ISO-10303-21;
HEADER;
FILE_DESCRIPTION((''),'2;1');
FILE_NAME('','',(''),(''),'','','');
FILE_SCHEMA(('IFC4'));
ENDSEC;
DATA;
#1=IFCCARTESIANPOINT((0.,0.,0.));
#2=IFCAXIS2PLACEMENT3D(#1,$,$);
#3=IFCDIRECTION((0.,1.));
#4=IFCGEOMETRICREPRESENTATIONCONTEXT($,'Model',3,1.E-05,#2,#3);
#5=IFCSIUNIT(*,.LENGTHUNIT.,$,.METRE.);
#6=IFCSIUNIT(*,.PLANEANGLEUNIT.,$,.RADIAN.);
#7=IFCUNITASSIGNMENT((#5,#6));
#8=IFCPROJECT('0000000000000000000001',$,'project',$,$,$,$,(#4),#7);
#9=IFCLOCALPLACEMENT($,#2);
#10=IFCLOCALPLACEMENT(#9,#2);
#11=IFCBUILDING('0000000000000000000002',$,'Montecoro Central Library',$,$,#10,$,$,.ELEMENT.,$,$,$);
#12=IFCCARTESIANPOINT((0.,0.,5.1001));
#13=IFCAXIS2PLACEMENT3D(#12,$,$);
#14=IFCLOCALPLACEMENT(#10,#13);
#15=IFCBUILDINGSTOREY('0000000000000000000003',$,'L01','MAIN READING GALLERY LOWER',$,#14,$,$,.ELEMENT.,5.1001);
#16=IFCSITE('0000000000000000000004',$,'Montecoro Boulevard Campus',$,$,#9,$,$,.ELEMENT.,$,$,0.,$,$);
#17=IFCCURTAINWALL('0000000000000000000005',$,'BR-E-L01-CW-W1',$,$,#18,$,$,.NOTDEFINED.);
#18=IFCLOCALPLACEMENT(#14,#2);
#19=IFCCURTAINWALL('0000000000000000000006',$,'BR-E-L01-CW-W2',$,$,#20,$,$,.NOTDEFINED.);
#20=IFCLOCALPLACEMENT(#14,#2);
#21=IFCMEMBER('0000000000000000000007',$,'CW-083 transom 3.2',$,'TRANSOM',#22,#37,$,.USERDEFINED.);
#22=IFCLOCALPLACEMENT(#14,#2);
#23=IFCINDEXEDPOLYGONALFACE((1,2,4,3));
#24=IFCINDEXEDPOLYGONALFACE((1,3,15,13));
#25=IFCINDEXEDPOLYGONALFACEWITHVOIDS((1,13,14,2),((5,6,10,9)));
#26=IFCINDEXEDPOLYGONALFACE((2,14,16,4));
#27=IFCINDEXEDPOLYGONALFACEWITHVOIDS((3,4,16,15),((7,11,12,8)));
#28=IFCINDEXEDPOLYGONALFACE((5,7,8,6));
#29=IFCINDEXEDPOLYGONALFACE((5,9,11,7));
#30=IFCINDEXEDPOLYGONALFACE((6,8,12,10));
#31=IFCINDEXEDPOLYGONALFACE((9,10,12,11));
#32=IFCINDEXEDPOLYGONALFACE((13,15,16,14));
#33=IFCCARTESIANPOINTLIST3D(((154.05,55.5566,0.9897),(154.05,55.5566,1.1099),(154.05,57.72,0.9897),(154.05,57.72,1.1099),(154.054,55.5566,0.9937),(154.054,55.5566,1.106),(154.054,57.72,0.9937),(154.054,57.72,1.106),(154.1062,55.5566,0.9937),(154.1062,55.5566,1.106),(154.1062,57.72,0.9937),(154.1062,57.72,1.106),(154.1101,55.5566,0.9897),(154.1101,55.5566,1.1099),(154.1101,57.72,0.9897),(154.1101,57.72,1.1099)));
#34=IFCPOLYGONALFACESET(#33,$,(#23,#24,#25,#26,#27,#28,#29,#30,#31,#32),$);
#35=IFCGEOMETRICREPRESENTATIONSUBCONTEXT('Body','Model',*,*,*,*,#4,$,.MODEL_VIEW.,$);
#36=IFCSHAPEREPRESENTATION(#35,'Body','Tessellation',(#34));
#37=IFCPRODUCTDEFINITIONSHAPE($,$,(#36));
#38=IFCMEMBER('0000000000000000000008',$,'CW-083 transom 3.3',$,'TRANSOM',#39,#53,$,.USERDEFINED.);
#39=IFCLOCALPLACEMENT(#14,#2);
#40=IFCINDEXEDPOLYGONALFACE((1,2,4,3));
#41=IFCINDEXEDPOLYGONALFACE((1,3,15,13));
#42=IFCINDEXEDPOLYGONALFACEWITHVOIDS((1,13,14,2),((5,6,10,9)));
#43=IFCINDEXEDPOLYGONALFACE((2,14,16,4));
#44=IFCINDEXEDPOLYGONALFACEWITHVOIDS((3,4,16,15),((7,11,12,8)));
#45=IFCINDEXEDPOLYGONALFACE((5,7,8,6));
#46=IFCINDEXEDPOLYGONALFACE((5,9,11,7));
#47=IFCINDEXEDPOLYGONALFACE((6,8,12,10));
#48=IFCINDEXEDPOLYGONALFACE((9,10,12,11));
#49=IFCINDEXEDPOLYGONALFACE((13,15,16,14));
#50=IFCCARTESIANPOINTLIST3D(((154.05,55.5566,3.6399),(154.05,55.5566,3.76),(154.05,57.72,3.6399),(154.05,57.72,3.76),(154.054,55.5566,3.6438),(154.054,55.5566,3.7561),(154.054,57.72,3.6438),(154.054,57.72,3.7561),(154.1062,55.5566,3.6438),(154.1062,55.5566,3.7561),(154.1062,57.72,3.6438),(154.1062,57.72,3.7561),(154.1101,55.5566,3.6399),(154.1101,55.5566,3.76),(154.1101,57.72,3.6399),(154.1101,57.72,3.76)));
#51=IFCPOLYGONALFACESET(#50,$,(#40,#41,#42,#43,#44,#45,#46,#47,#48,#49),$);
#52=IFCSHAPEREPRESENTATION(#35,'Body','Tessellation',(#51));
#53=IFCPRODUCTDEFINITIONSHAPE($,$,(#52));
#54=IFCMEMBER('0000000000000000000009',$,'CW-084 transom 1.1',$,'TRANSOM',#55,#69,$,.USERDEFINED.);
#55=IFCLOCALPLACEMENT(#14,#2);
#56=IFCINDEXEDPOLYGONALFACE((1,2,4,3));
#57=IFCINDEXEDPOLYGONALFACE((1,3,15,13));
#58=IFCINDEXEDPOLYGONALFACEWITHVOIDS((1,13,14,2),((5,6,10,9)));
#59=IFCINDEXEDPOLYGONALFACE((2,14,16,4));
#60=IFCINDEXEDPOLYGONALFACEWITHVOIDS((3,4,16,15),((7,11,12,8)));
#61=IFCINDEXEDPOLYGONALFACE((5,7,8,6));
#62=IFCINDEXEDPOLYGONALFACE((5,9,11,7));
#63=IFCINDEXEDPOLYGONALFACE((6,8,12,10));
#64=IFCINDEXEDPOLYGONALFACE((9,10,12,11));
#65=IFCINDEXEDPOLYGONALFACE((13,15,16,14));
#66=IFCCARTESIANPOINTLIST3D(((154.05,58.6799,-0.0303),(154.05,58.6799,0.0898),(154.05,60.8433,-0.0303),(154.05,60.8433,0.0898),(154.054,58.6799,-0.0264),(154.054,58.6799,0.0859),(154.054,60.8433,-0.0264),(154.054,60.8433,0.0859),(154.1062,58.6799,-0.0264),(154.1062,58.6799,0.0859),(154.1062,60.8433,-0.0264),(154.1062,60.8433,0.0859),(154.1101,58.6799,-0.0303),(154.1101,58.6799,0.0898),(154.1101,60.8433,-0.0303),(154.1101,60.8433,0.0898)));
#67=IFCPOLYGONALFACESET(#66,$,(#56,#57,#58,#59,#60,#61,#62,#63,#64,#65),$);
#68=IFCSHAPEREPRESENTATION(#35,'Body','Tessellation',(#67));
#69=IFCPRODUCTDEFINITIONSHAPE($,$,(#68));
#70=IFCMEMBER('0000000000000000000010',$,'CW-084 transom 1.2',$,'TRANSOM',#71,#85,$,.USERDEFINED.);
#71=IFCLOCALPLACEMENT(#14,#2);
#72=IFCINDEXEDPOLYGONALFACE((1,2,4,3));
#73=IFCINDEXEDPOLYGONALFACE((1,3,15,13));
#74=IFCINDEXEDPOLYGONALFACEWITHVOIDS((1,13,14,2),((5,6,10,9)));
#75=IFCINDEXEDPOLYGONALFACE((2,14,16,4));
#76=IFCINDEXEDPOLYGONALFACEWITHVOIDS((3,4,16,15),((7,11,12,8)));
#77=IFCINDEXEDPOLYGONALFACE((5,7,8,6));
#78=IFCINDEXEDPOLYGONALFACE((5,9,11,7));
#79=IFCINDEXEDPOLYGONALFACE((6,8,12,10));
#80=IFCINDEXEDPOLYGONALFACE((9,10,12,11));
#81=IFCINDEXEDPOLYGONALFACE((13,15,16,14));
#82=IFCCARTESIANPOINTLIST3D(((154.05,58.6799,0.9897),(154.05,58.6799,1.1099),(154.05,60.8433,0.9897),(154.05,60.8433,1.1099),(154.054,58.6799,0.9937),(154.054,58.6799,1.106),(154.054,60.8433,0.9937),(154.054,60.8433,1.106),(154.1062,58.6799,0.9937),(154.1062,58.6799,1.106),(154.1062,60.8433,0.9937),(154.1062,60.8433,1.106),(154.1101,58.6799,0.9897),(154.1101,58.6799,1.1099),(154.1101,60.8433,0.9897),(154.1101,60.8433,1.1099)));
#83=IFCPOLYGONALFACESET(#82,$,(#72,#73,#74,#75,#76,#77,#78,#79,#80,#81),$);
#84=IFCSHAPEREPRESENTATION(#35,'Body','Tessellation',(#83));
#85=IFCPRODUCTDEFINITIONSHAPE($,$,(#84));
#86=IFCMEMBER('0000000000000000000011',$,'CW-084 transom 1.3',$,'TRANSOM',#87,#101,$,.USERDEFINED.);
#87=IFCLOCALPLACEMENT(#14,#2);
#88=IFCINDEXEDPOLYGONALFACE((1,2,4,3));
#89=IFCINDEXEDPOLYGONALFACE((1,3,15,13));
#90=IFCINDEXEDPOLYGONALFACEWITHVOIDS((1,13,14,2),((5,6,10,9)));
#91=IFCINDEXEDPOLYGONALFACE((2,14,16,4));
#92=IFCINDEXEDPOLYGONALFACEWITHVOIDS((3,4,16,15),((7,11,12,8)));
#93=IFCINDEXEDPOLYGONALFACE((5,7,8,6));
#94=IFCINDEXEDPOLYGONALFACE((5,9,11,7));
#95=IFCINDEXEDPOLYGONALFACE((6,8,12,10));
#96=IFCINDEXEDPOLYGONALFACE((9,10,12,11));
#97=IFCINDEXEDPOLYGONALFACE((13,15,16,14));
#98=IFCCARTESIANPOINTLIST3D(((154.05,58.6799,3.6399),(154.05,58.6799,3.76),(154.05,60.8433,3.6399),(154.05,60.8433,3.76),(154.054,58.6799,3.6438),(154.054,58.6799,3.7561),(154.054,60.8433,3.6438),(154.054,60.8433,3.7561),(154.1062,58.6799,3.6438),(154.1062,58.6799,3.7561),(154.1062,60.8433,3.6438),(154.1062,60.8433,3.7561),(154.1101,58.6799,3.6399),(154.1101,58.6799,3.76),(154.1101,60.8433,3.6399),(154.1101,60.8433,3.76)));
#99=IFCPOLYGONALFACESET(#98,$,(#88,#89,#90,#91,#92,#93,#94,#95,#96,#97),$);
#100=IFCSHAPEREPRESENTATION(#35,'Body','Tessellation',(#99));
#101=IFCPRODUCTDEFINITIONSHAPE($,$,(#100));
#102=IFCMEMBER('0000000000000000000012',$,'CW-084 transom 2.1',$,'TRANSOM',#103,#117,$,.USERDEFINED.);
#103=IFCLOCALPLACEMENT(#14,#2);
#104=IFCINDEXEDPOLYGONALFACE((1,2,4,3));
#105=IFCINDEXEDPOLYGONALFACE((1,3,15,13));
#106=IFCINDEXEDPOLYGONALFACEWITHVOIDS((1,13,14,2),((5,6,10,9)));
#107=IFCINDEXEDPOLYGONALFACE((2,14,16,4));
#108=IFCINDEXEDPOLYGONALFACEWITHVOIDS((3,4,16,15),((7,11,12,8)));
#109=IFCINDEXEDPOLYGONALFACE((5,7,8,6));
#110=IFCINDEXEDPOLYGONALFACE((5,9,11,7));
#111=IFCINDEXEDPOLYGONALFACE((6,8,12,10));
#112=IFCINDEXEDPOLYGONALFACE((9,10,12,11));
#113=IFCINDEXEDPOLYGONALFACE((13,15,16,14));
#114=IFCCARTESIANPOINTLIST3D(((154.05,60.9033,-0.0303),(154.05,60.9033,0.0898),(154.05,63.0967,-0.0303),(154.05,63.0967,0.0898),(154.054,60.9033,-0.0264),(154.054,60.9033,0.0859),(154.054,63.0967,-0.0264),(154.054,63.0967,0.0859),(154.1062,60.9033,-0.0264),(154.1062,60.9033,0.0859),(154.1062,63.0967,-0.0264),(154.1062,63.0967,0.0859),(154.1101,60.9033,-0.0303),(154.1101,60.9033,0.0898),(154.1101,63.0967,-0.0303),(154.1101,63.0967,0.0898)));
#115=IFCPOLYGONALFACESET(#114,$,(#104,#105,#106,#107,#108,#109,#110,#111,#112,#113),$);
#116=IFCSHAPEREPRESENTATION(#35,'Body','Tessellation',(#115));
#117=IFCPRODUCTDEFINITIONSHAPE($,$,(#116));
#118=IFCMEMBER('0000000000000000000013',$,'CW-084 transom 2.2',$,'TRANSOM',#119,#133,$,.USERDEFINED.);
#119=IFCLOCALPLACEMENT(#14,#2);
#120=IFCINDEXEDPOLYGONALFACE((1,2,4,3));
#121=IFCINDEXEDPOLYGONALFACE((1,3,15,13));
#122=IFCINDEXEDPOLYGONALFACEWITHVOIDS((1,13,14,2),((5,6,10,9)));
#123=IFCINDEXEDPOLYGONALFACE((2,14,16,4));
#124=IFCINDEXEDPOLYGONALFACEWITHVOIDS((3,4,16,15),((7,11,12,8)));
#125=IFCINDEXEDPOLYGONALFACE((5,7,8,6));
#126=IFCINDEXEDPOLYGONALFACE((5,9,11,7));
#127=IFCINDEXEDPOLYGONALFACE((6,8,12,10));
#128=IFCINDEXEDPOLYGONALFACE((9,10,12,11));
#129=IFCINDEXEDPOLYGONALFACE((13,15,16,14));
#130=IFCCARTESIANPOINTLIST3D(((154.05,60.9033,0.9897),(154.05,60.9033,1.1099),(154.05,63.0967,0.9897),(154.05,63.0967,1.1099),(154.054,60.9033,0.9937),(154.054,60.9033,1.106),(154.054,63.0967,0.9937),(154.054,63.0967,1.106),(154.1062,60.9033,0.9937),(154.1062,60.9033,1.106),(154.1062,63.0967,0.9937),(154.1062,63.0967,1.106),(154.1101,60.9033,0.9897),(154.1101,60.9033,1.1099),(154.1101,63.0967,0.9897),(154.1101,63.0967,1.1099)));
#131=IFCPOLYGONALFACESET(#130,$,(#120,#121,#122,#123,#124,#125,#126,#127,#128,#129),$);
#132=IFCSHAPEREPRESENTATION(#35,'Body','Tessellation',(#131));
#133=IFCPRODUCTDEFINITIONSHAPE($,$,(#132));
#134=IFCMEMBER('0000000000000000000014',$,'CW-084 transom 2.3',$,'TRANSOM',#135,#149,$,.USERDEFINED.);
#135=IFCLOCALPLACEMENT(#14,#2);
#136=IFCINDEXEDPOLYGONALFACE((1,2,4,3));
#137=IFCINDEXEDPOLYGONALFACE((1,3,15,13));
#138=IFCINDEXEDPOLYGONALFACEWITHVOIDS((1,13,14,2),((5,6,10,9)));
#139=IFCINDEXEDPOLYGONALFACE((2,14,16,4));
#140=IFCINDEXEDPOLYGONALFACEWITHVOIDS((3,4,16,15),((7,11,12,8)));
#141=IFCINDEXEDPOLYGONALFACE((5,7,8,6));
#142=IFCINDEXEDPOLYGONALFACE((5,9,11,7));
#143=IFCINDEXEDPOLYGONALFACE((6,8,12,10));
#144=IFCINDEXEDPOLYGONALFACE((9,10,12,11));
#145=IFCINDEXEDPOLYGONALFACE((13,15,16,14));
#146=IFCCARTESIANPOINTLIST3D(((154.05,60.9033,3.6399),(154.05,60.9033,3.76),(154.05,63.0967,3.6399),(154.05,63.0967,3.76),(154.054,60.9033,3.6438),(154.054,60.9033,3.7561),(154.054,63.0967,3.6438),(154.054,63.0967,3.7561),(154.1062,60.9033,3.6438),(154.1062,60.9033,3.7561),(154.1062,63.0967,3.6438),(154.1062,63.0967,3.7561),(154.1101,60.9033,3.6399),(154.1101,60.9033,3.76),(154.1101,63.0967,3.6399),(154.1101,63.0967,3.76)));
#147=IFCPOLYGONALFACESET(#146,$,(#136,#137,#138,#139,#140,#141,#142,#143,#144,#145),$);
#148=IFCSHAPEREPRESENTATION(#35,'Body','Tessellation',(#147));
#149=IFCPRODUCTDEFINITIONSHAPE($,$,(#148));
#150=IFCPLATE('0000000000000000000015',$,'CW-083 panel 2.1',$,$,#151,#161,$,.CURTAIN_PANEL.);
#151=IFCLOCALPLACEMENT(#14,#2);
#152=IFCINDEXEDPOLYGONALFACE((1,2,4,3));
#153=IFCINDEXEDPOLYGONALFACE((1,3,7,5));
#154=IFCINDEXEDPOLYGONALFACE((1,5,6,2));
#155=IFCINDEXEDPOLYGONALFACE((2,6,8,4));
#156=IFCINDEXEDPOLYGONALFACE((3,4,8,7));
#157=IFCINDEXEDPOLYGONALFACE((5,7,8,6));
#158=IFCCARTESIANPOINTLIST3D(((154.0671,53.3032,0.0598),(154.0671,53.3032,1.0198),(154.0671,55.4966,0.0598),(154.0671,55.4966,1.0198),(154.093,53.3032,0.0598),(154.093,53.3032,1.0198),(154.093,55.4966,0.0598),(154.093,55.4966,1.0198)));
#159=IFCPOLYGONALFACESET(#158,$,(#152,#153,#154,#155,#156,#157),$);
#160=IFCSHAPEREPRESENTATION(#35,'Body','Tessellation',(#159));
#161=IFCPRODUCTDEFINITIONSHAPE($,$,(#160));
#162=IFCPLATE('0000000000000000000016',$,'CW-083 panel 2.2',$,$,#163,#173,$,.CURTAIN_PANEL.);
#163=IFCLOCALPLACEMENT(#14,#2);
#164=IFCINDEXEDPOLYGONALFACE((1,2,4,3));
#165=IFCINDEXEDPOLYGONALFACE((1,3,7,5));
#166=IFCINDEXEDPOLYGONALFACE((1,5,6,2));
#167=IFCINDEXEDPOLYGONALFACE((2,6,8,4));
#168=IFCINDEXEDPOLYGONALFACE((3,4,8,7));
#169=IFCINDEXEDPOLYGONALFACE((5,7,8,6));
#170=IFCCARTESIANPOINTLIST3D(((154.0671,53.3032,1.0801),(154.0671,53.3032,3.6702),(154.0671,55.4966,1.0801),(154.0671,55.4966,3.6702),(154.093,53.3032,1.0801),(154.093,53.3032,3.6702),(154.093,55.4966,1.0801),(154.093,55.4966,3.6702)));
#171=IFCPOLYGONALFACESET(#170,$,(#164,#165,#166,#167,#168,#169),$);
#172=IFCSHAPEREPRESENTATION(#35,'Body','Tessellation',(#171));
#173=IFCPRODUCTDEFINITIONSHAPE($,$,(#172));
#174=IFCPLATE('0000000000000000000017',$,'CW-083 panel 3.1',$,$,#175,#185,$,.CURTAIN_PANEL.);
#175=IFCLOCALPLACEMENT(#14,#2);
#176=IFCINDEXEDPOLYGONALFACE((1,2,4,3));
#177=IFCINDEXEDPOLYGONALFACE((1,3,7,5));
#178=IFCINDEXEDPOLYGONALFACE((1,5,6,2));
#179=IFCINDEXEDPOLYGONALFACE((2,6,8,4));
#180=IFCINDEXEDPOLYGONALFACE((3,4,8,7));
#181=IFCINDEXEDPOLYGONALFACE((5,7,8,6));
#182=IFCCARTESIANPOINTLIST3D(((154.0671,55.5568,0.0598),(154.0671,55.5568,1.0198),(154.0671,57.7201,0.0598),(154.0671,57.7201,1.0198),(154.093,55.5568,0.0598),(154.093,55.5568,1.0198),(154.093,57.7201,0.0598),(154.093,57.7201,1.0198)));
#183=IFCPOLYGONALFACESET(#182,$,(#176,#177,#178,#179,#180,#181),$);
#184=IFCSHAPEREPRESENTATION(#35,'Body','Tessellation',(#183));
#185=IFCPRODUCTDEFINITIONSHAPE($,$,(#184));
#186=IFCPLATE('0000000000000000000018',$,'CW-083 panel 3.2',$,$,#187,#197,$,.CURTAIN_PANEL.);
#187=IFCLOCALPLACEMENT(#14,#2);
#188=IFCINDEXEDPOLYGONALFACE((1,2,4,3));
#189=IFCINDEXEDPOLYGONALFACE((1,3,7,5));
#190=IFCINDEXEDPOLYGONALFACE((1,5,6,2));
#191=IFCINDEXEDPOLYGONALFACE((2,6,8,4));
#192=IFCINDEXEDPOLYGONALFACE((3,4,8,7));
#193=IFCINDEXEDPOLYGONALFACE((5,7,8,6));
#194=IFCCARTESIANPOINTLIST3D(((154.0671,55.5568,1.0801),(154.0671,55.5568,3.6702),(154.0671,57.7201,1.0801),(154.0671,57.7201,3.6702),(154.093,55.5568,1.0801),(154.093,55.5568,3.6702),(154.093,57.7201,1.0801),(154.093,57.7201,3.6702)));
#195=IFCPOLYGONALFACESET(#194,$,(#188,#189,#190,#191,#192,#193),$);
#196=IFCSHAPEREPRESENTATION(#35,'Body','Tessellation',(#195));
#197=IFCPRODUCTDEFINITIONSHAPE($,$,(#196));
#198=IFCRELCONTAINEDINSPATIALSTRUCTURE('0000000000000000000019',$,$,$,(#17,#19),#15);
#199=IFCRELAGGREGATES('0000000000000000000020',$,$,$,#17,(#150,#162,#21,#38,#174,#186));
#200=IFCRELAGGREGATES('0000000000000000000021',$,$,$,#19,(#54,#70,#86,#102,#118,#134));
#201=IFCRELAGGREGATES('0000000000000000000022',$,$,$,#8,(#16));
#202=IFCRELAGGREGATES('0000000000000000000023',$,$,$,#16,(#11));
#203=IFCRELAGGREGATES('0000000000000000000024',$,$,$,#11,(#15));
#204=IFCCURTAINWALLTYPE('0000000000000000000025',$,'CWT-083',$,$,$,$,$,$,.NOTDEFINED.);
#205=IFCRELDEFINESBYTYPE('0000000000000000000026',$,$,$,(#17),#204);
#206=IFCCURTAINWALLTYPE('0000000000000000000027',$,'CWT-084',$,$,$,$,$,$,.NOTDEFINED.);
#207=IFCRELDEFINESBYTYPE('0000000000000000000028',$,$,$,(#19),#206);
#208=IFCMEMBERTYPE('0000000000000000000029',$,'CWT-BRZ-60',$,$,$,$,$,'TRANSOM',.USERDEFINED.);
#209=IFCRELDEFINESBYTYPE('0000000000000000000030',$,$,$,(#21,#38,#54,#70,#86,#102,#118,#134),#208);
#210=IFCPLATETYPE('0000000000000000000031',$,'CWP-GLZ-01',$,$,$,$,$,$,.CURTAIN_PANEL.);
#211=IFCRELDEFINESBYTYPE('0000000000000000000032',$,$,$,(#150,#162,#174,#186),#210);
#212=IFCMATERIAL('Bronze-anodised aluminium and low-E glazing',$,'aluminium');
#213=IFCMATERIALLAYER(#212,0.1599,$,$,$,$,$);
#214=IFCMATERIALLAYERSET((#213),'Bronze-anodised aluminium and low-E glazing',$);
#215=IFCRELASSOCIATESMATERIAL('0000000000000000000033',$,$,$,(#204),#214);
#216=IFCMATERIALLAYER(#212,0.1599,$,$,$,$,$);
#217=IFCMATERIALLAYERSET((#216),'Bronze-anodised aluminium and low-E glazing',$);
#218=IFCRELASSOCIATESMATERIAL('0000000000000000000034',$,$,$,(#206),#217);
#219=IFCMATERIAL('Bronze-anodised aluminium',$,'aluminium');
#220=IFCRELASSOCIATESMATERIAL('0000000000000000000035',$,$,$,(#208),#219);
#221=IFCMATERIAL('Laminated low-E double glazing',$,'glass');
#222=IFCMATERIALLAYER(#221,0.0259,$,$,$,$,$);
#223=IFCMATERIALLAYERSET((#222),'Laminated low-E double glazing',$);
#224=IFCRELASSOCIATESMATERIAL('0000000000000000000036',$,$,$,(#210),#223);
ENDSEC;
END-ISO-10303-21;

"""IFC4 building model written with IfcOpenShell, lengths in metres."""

from ifc_helpers import new_model, si_unit, direction, frame, origin, origin_2d, place, context, subcontext, project, spatial, rectangle, hollow_rectangle, extrude, material, layer, layer_set, material_profile, profile_set, type_object, element, aggregate, save


model = new_model("IFC4")

# Units and contexts
model_context = context("Model", 3, precision=1e-05, world=origin(), true_north=direction((0.0, 1.0)))
body_context = subcontext(model_context, "Body", "Model", "MODEL_VIEW")
ifc_project = project(units=[si_unit("LENGTHUNIT", "METRE"), si_unit("PLANEANGLEUNIT", "RADIAN")], contexts=[model_context])

# Site, building, storey
site_placement = place(None, origin())
site = spatial("IfcSite", under=ifc_project, at=site_placement, Name="Montecoro Boulevard Campus", CompositionType="ELEMENT", RefElevation=0.0)
building_placement = place(site_placement, origin())
building = spatial("IfcBuilding", under=site, at=building_placement, Name="Montecoro Central Library", CompositionType="ELEMENT")
storey_placement = place(building_placement, frame((0.0, 0.0, 5.1001)))
storey = spatial("IfcBuildingStorey", under=building, at=storey_placement, Name="L01", Description="MAIN READING GALLERY LOWER", CompositionType="ELEMENT", Elevation=5.1001)

# Curtain walls
ifc_material_1 = material(Name="Bronze-anodised aluminium and low-E glazing", Category="aluminium")
ifc_layer_1 = layer(ifc_material_1, 0.1599)
ifc_layer_set_1 = layer_set([ifc_layer_1], Name="Bronze-anodised aluminium and low-E glazing")
curtain_wall_type_1 = type_object("IfcCurtainWallType", Name="CWT-083", PredefinedType="NOTDEFINED", material=ifc_layer_set_1)
curtain_wall_1_placement = place(storey_placement, origin())
curtain_wall_1 = element("IfcCurtainWall", 1, at=curtain_wall_1_placement, inside=storey, type_object=curtain_wall_type_1, Name="BR-E-L01-CW-W1", PredefinedType="NOTDEFINED")
ifc_material_2 = material(Name="Bronze-anodised aluminium", Category="aluminium")
ifc_layer_2 = layer(ifc_material_1, 0.1599)
ifc_layer_set_2 = layer_set([ifc_layer_2], Name="Bronze-anodised aluminium and low-E glazing")
curtain_wall_type_2 = type_object("IfcCurtainWallType", Name="CWT-084", PredefinedType="NOTDEFINED", material=ifc_layer_set_2)
curtain_wall_2_placement = place(storey_placement, origin())
curtain_wall_2 = element("IfcCurtainWall", 2, at=curtain_wall_2_placement, inside=storey, type_object=curtain_wall_type_2, Name="BR-E-L01-CW-W2", PredefinedType="NOTDEFINED")

# Members
ifc_material_profile_1 = material_profile(ifc_material_2, hollow_rectangle(XDim=0.0601, YDim=0.1201, WallThickness=0.0039, at=origin_2d()), Name="CWT 120x60x4.0")
ifc_profile_set_1 = profile_set([ifc_material_profile_1], Name="Bronze-anodised aluminium")
member_type_1 = type_object("IfcMemberType", Name="CWT-BRZ-60", ElementType="TRANSOM", PredefinedType="USERDEFINED", material=ifc_profile_set_1)
member_1_placement = place(storey_placement, frame((154.0801, 55.5566, 1.0498), z_axis=(0.0, 1.0, 0.0), x_axis=(-1.0, 0.0, 0.0)))
member_1 = element("IfcMember", 3, at=member_1_placement, type_object=member_type_1, Name="CW-083 transom 3.2", ObjectType="TRANSOM", PredefinedType="USERDEFINED", context=body_context, shape_type="SweptSolid", body=[
    extrude(hollow_rectangle(XDim=0.0601, YDim=0.1201, WallThickness=0.0039, at=origin_2d()), origin(), (0.0, 0.0, 1.0), 2.1633),
])
member_2_placement = place(storey_placement, frame((154.0801, 55.5566, 3.7), z_axis=(0.0, 1.0, 0.0), x_axis=(-1.0, 0.0, 0.0)))
member_2 = element("IfcMember", 4, at=member_2_placement, type_object=member_type_1, Name="CW-083 transom 3.3", ObjectType="TRANSOM", PredefinedType="USERDEFINED", context=body_context, shape_type="SweptSolid", body=[
    extrude(hollow_rectangle(XDim=0.0601, YDim=0.1201, WallThickness=0.0039, at=origin_2d()), origin(), (0.0, 0.0, 1.0), 2.1633),
])
member_3_placement = place(storey_placement, frame((154.0801, 58.6799, 0.0298), z_axis=(0.0, 1.0, 0.0), x_axis=(-1.0, 0.0, 0.0)))
member_3 = element("IfcMember", 5, at=member_3_placement, type_object=member_type_1, Name="CW-084 transom 1.1", ObjectType="TRANSOM", PredefinedType="USERDEFINED", context=body_context, shape_type="SweptSolid", body=[
    extrude(hollow_rectangle(XDim=0.0601, YDim=0.1201, WallThickness=0.0039, at=origin_2d()), origin(), (0.0, 0.0, 1.0), 2.1633),
])
member_4_placement = place(storey_placement, frame((154.0801, 58.6799, 1.0498), z_axis=(0.0, 1.0, 0.0), x_axis=(-1.0, 0.0, 0.0)))
member_4 = element("IfcMember", 6, at=member_4_placement, type_object=member_type_1, Name="CW-084 transom 1.2", ObjectType="TRANSOM", PredefinedType="USERDEFINED", context=body_context, shape_type="SweptSolid", body=[
    extrude(hollow_rectangle(XDim=0.0601, YDim=0.1201, WallThickness=0.0039, at=origin_2d()), origin(), (0.0, 0.0, 1.0), 2.1633),
])
member_5_placement = place(storey_placement, frame((154.0801, 58.6799, 3.7), z_axis=(0.0, 1.0, 0.0), x_axis=(-1.0, 0.0, 0.0)))
member_5 = element("IfcMember", 7, at=member_5_placement, type_object=member_type_1, Name="CW-084 transom 1.3", ObjectType="TRANSOM", PredefinedType="USERDEFINED", context=body_context, shape_type="SweptSolid", body=[
    extrude(hollow_rectangle(XDim=0.0601, YDim=0.1201, WallThickness=0.0039, at=origin_2d()), origin(), (0.0, 0.0, 1.0), 2.1633),
])
member_6_placement = place(storey_placement, frame((154.0801, 60.9033, 0.0298), z_axis=(0.0, 1.0, 0.0), x_axis=(-1.0, 0.0, 0.0)))
member_6 = element("IfcMember", 8, at=member_6_placement, type_object=member_type_1, Name="CW-084 transom 2.1", ObjectType="TRANSOM", PredefinedType="USERDEFINED", context=body_context, shape_type="SweptSolid", body=[
    extrude(hollow_rectangle(XDim=0.0601, YDim=0.1201, WallThickness=0.0039, at=origin_2d()), origin(), (0.0, 0.0, 1.0), 2.1934),
])
member_7_placement = place(storey_placement, frame((154.0801, 60.9033, 1.0498), z_axis=(0.0, 1.0, 0.0), x_axis=(-1.0, 0.0, 0.0)))
member_7 = element("IfcMember", 9, at=member_7_placement, type_object=member_type_1, Name="CW-084 transom 2.2", ObjectType="TRANSOM", PredefinedType="USERDEFINED", context=body_context, shape_type="SweptSolid", body=[
    extrude(hollow_rectangle(XDim=0.0601, YDim=0.1201, WallThickness=0.0039, at=origin_2d()), origin(), (0.0, 0.0, 1.0), 2.1934),
])
member_8_placement = place(storey_placement, frame((154.0801, 60.9033, 3.7), z_axis=(0.0, 1.0, 0.0), x_axis=(-1.0, 0.0, 0.0)))
member_8 = element("IfcMember", 10, at=member_8_placement, type_object=member_type_1, Name="CW-084 transom 2.3", ObjectType="TRANSOM", PredefinedType="USERDEFINED", context=body_context, shape_type="SweptSolid", body=[
    extrude(hollow_rectangle(XDim=0.0601, YDim=0.1201, WallThickness=0.0039, at=origin_2d()), origin(), (0.0, 0.0, 1.0), 2.1934),
])

# Plates
ifc_material_3 = material(Name="Laminated low-E double glazing", Category="glass")
ifc_layer_3 = layer(ifc_material_3, 0.0259)
ifc_layer_set_3 = layer_set([ifc_layer_3], Name="Laminated low-E double glazing")
plate_type = type_object("IfcPlateType", Name="CWP-GLZ-01", PredefinedType="CURTAIN_PANEL", material=ifc_layer_set_3)
plate_1_placement = place(storey_placement, frame((154.0801, 54.3999, 0.0598), z_axis=(0.0, 0.0, 1.0), x_axis=(0.0, 1.0, 0.0)))
plate_1 = element("IfcPlate", 11, at=plate_1_placement, type_object=plate_type, Name="CW-083 panel 2.1", PredefinedType="CURTAIN_PANEL", context=body_context, shape_type="SweptSolid", body=[
    extrude(rectangle(XDim=2.1934, YDim=0.0259, at=origin_2d()), origin(), (0.0, 0.0, 1.0), 0.96),
])
plate_2_placement = place(storey_placement, frame((154.0801, 54.3999, 1.0801), z_axis=(0.0, 0.0, 1.0), x_axis=(0.0, 1.0, 0.0)))
plate_2 = element("IfcPlate", 12, at=plate_2_placement, type_object=plate_type, Name="CW-083 panel 2.2", PredefinedType="CURTAIN_PANEL", context=body_context, shape_type="SweptSolid", body=[
    extrude(rectangle(XDim=2.1934, YDim=0.0259, at=origin_2d()), origin(), (0.0, 0.0, 1.0), 2.5901),
])
plate_3_placement = place(storey_placement, frame((154.0801, 56.6384, 0.0598), z_axis=(0.0, 0.0, 1.0), x_axis=(0.0, 1.0, 0.0)))
plate_3 = element("IfcPlate", 13, at=plate_3_placement, type_object=plate_type, Name="CW-083 panel 3.1", PredefinedType="CURTAIN_PANEL", context=body_context, shape_type="SweptSolid", body=[
    extrude(rectangle(XDim=2.1633, YDim=0.0259, at=origin_2d()), origin(), (0.0, 0.0, 1.0), 0.96),
])
plate_4_placement = place(storey_placement, frame((154.0801, 56.6384, 1.0801), z_axis=(0.0, 0.0, 1.0), x_axis=(0.0, 1.0, 0.0)))
plate_4 = element("IfcPlate", 14, at=plate_4_placement, type_object=plate_type, Name="CW-083 panel 3.2", PredefinedType="CURTAIN_PANEL", context=body_context, shape_type="SweptSolid", body=[
    extrude(rectangle(XDim=2.1633, YDim=0.0259, at=origin_2d()), origin(), (0.0, 0.0, 1.0), 2.5901),
])
aggregate(curtain_wall_1, [plate_1, plate_2, member_1, member_2, plate_3, plate_4])
aggregate(curtain_wall_2, [member_3, member_4, member_5, member_6, member_7, member_8])

save(model, "model.ifc")
